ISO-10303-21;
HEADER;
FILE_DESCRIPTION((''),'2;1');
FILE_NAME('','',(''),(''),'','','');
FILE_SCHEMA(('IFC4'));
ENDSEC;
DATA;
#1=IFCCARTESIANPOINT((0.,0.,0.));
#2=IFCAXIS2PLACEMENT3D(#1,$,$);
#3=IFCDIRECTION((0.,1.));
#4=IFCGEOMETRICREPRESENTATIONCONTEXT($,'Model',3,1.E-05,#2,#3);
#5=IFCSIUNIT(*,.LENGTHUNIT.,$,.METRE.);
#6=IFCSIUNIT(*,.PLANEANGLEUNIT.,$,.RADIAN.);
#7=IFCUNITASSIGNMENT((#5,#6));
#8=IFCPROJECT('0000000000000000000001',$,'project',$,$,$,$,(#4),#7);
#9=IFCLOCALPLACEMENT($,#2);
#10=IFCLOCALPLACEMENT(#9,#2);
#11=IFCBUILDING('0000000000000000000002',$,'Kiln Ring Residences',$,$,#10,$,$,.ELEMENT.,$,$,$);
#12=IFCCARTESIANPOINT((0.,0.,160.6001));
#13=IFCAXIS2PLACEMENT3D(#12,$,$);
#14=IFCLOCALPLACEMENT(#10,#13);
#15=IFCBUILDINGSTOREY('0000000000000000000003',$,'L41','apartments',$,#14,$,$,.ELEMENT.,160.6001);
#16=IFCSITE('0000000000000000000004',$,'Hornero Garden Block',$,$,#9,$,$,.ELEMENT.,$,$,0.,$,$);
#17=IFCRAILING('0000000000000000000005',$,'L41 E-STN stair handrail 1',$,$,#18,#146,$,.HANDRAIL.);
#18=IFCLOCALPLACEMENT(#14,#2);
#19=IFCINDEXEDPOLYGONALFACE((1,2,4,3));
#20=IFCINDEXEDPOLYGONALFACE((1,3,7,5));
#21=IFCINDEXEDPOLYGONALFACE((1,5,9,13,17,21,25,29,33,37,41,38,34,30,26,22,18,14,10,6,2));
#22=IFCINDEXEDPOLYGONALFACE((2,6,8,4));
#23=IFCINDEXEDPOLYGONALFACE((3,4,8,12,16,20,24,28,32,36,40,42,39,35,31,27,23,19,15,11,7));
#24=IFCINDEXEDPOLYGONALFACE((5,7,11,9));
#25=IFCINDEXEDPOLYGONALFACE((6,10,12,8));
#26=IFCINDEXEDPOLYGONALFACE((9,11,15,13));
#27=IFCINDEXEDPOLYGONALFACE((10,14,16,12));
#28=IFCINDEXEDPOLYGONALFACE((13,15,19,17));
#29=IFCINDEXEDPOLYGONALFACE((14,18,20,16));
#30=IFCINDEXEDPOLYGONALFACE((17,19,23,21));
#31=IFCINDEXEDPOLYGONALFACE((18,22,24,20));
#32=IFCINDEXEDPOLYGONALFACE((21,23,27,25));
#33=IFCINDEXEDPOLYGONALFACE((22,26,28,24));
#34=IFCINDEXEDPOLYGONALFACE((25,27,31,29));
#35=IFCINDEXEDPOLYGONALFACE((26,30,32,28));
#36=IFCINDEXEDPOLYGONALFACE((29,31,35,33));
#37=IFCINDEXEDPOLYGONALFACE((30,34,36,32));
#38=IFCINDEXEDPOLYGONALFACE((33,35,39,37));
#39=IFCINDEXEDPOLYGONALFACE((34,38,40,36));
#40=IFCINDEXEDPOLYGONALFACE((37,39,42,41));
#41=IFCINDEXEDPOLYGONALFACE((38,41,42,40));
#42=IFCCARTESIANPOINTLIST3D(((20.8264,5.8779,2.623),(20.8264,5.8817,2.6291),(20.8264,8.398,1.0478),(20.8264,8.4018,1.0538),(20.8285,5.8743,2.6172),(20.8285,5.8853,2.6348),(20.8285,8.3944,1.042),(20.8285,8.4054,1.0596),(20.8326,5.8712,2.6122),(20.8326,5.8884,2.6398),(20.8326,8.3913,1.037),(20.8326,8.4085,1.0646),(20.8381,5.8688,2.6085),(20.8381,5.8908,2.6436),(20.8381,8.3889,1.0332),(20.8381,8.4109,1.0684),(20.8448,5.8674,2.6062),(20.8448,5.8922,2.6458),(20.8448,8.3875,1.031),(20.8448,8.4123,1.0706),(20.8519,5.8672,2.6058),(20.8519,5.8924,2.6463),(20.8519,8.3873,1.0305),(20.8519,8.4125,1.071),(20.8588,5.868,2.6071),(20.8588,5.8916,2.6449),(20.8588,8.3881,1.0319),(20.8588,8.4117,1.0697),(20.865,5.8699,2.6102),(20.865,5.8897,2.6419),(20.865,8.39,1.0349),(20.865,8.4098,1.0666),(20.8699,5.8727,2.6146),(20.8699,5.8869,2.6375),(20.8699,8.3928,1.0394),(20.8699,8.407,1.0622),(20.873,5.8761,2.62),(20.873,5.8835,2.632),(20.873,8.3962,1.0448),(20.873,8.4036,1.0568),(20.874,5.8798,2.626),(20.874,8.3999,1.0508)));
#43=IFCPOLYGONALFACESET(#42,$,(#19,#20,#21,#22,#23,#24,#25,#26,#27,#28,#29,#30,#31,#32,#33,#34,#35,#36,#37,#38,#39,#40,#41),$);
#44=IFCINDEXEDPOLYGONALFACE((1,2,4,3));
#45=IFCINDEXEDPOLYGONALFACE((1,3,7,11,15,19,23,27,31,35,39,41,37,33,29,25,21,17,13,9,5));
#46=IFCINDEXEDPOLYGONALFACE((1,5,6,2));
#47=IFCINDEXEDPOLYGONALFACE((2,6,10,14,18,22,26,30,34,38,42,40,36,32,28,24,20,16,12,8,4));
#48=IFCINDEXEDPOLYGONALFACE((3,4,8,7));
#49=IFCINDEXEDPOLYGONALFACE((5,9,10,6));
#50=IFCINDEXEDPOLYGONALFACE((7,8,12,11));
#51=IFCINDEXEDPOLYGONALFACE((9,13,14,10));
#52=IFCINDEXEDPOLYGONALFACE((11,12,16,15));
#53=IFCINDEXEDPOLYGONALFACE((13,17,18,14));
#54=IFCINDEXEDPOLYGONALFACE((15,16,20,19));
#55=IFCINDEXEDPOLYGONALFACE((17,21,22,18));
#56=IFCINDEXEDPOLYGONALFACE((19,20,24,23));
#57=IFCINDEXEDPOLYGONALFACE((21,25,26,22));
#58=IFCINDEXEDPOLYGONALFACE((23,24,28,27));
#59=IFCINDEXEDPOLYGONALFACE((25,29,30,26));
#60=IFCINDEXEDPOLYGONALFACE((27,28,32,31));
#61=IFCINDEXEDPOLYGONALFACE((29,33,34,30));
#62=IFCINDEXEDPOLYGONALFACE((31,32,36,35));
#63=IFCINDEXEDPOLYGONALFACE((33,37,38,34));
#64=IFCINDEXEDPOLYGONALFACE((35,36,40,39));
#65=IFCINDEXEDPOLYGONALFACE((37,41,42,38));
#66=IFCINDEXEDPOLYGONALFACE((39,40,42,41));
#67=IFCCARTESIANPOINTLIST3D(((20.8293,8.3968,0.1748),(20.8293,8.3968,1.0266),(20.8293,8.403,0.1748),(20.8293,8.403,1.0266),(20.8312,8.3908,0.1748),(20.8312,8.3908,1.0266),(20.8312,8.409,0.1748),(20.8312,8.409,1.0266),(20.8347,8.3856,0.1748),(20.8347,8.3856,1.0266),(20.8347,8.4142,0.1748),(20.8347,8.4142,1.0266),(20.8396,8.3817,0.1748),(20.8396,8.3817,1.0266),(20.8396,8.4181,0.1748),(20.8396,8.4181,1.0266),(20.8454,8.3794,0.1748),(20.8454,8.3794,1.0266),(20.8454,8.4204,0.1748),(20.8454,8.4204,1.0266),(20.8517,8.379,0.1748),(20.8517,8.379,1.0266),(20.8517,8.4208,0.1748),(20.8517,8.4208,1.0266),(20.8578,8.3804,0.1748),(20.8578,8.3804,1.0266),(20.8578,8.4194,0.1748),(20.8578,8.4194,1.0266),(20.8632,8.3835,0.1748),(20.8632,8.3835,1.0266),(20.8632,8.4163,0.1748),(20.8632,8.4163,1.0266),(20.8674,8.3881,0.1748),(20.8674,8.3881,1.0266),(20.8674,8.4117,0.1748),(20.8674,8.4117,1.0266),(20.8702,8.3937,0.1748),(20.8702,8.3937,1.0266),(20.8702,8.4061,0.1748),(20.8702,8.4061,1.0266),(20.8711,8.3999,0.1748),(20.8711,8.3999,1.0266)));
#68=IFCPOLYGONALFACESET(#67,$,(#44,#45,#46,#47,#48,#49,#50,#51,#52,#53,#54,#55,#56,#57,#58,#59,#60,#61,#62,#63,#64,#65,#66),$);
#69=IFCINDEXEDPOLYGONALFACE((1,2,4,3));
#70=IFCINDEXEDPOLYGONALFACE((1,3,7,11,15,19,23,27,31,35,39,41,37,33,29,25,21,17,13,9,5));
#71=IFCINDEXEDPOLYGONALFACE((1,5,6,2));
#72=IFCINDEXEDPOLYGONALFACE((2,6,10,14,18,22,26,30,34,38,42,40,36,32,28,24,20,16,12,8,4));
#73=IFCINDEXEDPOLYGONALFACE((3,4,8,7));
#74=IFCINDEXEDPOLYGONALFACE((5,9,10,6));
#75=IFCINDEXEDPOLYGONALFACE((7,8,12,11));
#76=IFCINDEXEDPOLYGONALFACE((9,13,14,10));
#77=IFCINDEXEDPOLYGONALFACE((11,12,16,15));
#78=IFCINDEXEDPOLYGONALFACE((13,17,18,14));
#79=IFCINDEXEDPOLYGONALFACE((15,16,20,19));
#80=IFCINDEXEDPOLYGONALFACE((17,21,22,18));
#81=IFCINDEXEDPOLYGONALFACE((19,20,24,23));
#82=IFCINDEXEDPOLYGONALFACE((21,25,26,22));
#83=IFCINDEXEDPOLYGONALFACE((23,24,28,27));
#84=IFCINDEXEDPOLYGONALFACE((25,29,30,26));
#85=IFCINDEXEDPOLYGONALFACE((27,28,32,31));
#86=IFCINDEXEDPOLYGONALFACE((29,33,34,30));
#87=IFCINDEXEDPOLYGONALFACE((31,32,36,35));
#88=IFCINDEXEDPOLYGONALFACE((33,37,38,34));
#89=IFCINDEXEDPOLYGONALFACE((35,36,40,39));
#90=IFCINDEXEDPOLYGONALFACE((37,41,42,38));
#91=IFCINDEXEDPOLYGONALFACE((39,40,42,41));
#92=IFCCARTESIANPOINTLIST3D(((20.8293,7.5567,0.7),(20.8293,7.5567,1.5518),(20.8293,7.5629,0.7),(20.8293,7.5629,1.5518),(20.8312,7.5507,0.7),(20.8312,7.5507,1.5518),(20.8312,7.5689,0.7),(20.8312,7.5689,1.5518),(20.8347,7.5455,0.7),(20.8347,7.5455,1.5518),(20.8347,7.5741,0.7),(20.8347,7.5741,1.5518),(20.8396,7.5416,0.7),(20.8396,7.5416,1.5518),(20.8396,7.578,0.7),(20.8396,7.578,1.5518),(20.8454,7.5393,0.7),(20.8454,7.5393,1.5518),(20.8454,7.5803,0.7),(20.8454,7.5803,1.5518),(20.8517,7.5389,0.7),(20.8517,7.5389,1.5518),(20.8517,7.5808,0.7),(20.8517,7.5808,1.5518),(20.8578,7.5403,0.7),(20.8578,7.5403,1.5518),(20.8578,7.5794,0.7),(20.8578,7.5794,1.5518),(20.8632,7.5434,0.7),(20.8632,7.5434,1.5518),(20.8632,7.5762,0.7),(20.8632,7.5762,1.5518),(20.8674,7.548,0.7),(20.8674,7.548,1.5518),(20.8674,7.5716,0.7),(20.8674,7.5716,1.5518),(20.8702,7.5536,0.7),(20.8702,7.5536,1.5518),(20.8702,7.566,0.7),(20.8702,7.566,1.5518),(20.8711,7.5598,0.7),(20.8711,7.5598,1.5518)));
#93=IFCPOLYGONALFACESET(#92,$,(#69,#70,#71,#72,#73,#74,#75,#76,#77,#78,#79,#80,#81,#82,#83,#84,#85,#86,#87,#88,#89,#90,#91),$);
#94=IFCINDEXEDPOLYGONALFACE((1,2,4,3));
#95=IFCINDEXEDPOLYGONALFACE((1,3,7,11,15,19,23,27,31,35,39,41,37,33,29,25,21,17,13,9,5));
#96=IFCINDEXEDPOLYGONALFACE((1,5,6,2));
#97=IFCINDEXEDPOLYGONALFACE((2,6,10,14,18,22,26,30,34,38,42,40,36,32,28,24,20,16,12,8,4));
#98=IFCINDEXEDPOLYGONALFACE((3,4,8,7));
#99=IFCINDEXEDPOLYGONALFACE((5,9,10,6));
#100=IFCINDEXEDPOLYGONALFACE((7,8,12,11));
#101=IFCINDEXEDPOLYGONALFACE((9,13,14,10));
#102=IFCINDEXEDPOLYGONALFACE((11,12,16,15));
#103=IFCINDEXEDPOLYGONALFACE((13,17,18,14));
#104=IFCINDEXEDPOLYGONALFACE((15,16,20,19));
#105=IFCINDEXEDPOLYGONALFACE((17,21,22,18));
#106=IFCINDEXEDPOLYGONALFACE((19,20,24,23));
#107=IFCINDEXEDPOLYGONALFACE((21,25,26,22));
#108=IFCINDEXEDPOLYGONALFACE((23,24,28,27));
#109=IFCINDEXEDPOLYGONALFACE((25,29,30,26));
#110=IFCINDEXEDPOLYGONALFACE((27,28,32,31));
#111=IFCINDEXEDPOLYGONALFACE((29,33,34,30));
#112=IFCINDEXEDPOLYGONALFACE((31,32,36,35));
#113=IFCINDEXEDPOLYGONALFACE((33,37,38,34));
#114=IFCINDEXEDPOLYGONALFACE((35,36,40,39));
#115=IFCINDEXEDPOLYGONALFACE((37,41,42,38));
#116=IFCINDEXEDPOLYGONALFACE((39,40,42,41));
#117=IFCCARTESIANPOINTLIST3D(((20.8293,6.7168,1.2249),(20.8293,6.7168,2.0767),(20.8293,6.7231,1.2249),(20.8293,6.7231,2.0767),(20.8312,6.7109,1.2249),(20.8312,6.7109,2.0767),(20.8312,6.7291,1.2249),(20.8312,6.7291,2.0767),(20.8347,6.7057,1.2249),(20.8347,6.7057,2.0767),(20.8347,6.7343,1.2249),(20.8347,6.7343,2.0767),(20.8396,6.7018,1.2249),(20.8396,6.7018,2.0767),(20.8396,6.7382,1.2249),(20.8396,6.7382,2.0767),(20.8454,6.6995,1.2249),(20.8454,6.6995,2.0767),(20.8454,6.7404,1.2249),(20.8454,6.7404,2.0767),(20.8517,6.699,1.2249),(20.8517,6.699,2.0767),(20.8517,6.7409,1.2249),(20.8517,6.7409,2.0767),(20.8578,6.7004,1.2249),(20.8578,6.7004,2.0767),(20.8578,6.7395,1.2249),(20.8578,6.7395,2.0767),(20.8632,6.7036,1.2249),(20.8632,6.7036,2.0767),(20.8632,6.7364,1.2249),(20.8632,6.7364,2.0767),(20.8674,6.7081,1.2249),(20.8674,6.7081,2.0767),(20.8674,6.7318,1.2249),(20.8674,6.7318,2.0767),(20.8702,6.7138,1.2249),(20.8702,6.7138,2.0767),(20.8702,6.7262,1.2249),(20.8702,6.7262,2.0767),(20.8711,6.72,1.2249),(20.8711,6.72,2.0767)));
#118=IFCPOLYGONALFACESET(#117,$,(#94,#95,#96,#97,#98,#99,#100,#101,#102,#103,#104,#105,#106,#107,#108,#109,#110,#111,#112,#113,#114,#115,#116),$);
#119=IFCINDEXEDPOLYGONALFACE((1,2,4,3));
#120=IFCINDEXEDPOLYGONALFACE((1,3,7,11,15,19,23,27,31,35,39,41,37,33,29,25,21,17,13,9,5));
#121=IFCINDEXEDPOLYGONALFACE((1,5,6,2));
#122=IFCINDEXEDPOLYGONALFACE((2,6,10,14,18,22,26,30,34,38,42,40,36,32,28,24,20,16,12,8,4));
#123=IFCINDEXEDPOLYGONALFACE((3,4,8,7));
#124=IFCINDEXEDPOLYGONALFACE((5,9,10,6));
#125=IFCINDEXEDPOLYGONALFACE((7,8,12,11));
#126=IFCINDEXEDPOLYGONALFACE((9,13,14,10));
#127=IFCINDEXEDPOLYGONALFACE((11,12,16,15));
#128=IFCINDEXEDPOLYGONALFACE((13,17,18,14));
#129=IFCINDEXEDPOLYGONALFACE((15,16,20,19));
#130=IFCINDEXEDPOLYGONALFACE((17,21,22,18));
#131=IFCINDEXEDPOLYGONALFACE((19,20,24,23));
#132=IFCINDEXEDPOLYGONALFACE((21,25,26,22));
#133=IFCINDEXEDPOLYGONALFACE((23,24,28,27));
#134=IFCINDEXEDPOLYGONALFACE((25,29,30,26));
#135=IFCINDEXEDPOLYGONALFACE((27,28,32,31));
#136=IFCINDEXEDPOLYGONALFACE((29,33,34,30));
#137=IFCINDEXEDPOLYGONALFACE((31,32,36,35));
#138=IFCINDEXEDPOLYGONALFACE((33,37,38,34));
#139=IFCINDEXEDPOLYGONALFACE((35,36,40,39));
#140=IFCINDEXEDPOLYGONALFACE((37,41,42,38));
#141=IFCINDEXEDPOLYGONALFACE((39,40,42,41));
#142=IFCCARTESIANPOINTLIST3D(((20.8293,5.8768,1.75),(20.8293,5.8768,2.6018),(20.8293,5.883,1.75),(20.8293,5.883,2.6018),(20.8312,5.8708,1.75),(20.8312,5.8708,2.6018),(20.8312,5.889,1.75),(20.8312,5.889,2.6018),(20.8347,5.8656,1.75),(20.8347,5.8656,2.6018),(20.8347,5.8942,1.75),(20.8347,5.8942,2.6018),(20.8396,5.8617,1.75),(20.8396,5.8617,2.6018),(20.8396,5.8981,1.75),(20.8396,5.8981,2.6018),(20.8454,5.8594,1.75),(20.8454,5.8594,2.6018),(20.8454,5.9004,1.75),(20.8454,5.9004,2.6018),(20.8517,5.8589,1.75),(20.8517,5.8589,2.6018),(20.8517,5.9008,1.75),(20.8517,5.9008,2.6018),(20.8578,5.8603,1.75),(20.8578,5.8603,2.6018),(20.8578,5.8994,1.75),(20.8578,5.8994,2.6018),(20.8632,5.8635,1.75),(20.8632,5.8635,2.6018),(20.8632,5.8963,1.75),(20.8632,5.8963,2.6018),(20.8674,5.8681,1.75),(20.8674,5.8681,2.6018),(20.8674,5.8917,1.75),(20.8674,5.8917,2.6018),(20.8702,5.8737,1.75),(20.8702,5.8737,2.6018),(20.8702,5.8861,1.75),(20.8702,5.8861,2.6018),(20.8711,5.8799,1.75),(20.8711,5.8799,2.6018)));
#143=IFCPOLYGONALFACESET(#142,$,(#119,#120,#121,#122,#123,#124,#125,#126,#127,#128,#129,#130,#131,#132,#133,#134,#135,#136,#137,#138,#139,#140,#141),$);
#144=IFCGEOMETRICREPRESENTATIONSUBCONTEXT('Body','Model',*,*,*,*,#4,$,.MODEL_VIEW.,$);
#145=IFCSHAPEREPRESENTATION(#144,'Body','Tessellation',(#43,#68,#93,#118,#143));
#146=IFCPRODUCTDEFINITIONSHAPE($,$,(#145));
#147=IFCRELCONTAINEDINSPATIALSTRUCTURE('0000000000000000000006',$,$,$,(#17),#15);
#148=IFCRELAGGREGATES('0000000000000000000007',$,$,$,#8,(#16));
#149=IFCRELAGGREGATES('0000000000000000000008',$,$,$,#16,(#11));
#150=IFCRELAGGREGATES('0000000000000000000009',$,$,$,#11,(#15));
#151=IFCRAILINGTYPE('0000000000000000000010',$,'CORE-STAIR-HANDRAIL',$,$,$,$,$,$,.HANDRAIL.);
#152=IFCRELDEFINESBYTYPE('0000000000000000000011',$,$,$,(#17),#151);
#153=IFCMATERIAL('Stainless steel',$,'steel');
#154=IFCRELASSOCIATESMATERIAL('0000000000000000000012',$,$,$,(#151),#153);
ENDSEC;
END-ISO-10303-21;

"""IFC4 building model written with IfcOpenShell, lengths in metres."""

from ifc_helpers import new_model, si_unit, direction, frame, origin, origin_2d, place, context, subcontext, project, spatial, circle, extrude, material, type_object, element, save


model = new_model("IFC4")

# Units and contexts
model_context = context("Model", 3, precision=1e-05, world=origin(), true_north=direction((0.0, 1.0)))
body_context = subcontext(model_context, "Body", "Model", "MODEL_VIEW")
ifc_project = project(units=[si_unit("LENGTHUNIT", "METRE"), si_unit("PLANEANGLEUNIT", "RADIAN")], contexts=[model_context])

# Site, building, storey
site_placement = place(None, origin())
site = spatial("IfcSite", under=ifc_project, at=site_placement, Name="Hornero Garden Block", CompositionType="ELEMENT", RefElevation=0.0)
building_placement = place(site_placement, origin())
building = spatial("IfcBuilding", under=site, at=building_placement, Name="Kiln Ring Residences", CompositionType="ELEMENT")
storey_placement = place(building_placement, frame((0.0, 0.0, 160.6001)))
storey = spatial("IfcBuildingStorey", under=building, at=storey_placement, Name="L41", Description="apartments", CompositionType="ELEMENT", Elevation=160.6001)

# Railing
ifc_material_1 = material(Name="Stainless steel", Category="steel")
railing_type_1 = type_object("IfcRailingType", Name="CORE-STAIR-HANDRAIL", PredefinedType="HANDRAIL", material=ifc_material_1)
railing_1_placement = place(storey_placement, frame((20.8501, 8.3999, 0.1748)))
element("IfcRailing", 1, at=railing_1_placement, inside=storey, type_object=railing_type_1, Name="L41 E-STN stair handrail 1", PredefinedType="HANDRAIL", context=body_context, shape_type="SweptSolid", body=[
    extrude(circle(Radius=0.0239, at=origin_2d()), frame((0.0, 0.0, 0.876), z_axis=(0.0, -0.847971, 0.530043), x_axis=(1.0, 0.0, 0.0)), (0.0, 0.0, 1.0), 2.9719),
    extrude(circle(Radius=0.021, at=origin_2d()), origin(), (0.0, 0.0, 1.0), 0.8518),
    extrude(circle(Radius=0.021, at=origin_2d()), frame((0.0, -0.8401, 0.5251)), (0.0, 0.0, 1.0), 0.8518),
    extrude(circle(Radius=0.021, at=origin_2d()), frame((0.0, -1.6799, 1.05)), (0.0, 0.0, 1.0), 0.8518),
    extrude(circle(Radius=0.021, at=origin_2d()), frame((0.0, -2.52, 1.5752)), (0.0, 0.0, 1.0), 0.8518),
])

save(model, "model.ifc")
